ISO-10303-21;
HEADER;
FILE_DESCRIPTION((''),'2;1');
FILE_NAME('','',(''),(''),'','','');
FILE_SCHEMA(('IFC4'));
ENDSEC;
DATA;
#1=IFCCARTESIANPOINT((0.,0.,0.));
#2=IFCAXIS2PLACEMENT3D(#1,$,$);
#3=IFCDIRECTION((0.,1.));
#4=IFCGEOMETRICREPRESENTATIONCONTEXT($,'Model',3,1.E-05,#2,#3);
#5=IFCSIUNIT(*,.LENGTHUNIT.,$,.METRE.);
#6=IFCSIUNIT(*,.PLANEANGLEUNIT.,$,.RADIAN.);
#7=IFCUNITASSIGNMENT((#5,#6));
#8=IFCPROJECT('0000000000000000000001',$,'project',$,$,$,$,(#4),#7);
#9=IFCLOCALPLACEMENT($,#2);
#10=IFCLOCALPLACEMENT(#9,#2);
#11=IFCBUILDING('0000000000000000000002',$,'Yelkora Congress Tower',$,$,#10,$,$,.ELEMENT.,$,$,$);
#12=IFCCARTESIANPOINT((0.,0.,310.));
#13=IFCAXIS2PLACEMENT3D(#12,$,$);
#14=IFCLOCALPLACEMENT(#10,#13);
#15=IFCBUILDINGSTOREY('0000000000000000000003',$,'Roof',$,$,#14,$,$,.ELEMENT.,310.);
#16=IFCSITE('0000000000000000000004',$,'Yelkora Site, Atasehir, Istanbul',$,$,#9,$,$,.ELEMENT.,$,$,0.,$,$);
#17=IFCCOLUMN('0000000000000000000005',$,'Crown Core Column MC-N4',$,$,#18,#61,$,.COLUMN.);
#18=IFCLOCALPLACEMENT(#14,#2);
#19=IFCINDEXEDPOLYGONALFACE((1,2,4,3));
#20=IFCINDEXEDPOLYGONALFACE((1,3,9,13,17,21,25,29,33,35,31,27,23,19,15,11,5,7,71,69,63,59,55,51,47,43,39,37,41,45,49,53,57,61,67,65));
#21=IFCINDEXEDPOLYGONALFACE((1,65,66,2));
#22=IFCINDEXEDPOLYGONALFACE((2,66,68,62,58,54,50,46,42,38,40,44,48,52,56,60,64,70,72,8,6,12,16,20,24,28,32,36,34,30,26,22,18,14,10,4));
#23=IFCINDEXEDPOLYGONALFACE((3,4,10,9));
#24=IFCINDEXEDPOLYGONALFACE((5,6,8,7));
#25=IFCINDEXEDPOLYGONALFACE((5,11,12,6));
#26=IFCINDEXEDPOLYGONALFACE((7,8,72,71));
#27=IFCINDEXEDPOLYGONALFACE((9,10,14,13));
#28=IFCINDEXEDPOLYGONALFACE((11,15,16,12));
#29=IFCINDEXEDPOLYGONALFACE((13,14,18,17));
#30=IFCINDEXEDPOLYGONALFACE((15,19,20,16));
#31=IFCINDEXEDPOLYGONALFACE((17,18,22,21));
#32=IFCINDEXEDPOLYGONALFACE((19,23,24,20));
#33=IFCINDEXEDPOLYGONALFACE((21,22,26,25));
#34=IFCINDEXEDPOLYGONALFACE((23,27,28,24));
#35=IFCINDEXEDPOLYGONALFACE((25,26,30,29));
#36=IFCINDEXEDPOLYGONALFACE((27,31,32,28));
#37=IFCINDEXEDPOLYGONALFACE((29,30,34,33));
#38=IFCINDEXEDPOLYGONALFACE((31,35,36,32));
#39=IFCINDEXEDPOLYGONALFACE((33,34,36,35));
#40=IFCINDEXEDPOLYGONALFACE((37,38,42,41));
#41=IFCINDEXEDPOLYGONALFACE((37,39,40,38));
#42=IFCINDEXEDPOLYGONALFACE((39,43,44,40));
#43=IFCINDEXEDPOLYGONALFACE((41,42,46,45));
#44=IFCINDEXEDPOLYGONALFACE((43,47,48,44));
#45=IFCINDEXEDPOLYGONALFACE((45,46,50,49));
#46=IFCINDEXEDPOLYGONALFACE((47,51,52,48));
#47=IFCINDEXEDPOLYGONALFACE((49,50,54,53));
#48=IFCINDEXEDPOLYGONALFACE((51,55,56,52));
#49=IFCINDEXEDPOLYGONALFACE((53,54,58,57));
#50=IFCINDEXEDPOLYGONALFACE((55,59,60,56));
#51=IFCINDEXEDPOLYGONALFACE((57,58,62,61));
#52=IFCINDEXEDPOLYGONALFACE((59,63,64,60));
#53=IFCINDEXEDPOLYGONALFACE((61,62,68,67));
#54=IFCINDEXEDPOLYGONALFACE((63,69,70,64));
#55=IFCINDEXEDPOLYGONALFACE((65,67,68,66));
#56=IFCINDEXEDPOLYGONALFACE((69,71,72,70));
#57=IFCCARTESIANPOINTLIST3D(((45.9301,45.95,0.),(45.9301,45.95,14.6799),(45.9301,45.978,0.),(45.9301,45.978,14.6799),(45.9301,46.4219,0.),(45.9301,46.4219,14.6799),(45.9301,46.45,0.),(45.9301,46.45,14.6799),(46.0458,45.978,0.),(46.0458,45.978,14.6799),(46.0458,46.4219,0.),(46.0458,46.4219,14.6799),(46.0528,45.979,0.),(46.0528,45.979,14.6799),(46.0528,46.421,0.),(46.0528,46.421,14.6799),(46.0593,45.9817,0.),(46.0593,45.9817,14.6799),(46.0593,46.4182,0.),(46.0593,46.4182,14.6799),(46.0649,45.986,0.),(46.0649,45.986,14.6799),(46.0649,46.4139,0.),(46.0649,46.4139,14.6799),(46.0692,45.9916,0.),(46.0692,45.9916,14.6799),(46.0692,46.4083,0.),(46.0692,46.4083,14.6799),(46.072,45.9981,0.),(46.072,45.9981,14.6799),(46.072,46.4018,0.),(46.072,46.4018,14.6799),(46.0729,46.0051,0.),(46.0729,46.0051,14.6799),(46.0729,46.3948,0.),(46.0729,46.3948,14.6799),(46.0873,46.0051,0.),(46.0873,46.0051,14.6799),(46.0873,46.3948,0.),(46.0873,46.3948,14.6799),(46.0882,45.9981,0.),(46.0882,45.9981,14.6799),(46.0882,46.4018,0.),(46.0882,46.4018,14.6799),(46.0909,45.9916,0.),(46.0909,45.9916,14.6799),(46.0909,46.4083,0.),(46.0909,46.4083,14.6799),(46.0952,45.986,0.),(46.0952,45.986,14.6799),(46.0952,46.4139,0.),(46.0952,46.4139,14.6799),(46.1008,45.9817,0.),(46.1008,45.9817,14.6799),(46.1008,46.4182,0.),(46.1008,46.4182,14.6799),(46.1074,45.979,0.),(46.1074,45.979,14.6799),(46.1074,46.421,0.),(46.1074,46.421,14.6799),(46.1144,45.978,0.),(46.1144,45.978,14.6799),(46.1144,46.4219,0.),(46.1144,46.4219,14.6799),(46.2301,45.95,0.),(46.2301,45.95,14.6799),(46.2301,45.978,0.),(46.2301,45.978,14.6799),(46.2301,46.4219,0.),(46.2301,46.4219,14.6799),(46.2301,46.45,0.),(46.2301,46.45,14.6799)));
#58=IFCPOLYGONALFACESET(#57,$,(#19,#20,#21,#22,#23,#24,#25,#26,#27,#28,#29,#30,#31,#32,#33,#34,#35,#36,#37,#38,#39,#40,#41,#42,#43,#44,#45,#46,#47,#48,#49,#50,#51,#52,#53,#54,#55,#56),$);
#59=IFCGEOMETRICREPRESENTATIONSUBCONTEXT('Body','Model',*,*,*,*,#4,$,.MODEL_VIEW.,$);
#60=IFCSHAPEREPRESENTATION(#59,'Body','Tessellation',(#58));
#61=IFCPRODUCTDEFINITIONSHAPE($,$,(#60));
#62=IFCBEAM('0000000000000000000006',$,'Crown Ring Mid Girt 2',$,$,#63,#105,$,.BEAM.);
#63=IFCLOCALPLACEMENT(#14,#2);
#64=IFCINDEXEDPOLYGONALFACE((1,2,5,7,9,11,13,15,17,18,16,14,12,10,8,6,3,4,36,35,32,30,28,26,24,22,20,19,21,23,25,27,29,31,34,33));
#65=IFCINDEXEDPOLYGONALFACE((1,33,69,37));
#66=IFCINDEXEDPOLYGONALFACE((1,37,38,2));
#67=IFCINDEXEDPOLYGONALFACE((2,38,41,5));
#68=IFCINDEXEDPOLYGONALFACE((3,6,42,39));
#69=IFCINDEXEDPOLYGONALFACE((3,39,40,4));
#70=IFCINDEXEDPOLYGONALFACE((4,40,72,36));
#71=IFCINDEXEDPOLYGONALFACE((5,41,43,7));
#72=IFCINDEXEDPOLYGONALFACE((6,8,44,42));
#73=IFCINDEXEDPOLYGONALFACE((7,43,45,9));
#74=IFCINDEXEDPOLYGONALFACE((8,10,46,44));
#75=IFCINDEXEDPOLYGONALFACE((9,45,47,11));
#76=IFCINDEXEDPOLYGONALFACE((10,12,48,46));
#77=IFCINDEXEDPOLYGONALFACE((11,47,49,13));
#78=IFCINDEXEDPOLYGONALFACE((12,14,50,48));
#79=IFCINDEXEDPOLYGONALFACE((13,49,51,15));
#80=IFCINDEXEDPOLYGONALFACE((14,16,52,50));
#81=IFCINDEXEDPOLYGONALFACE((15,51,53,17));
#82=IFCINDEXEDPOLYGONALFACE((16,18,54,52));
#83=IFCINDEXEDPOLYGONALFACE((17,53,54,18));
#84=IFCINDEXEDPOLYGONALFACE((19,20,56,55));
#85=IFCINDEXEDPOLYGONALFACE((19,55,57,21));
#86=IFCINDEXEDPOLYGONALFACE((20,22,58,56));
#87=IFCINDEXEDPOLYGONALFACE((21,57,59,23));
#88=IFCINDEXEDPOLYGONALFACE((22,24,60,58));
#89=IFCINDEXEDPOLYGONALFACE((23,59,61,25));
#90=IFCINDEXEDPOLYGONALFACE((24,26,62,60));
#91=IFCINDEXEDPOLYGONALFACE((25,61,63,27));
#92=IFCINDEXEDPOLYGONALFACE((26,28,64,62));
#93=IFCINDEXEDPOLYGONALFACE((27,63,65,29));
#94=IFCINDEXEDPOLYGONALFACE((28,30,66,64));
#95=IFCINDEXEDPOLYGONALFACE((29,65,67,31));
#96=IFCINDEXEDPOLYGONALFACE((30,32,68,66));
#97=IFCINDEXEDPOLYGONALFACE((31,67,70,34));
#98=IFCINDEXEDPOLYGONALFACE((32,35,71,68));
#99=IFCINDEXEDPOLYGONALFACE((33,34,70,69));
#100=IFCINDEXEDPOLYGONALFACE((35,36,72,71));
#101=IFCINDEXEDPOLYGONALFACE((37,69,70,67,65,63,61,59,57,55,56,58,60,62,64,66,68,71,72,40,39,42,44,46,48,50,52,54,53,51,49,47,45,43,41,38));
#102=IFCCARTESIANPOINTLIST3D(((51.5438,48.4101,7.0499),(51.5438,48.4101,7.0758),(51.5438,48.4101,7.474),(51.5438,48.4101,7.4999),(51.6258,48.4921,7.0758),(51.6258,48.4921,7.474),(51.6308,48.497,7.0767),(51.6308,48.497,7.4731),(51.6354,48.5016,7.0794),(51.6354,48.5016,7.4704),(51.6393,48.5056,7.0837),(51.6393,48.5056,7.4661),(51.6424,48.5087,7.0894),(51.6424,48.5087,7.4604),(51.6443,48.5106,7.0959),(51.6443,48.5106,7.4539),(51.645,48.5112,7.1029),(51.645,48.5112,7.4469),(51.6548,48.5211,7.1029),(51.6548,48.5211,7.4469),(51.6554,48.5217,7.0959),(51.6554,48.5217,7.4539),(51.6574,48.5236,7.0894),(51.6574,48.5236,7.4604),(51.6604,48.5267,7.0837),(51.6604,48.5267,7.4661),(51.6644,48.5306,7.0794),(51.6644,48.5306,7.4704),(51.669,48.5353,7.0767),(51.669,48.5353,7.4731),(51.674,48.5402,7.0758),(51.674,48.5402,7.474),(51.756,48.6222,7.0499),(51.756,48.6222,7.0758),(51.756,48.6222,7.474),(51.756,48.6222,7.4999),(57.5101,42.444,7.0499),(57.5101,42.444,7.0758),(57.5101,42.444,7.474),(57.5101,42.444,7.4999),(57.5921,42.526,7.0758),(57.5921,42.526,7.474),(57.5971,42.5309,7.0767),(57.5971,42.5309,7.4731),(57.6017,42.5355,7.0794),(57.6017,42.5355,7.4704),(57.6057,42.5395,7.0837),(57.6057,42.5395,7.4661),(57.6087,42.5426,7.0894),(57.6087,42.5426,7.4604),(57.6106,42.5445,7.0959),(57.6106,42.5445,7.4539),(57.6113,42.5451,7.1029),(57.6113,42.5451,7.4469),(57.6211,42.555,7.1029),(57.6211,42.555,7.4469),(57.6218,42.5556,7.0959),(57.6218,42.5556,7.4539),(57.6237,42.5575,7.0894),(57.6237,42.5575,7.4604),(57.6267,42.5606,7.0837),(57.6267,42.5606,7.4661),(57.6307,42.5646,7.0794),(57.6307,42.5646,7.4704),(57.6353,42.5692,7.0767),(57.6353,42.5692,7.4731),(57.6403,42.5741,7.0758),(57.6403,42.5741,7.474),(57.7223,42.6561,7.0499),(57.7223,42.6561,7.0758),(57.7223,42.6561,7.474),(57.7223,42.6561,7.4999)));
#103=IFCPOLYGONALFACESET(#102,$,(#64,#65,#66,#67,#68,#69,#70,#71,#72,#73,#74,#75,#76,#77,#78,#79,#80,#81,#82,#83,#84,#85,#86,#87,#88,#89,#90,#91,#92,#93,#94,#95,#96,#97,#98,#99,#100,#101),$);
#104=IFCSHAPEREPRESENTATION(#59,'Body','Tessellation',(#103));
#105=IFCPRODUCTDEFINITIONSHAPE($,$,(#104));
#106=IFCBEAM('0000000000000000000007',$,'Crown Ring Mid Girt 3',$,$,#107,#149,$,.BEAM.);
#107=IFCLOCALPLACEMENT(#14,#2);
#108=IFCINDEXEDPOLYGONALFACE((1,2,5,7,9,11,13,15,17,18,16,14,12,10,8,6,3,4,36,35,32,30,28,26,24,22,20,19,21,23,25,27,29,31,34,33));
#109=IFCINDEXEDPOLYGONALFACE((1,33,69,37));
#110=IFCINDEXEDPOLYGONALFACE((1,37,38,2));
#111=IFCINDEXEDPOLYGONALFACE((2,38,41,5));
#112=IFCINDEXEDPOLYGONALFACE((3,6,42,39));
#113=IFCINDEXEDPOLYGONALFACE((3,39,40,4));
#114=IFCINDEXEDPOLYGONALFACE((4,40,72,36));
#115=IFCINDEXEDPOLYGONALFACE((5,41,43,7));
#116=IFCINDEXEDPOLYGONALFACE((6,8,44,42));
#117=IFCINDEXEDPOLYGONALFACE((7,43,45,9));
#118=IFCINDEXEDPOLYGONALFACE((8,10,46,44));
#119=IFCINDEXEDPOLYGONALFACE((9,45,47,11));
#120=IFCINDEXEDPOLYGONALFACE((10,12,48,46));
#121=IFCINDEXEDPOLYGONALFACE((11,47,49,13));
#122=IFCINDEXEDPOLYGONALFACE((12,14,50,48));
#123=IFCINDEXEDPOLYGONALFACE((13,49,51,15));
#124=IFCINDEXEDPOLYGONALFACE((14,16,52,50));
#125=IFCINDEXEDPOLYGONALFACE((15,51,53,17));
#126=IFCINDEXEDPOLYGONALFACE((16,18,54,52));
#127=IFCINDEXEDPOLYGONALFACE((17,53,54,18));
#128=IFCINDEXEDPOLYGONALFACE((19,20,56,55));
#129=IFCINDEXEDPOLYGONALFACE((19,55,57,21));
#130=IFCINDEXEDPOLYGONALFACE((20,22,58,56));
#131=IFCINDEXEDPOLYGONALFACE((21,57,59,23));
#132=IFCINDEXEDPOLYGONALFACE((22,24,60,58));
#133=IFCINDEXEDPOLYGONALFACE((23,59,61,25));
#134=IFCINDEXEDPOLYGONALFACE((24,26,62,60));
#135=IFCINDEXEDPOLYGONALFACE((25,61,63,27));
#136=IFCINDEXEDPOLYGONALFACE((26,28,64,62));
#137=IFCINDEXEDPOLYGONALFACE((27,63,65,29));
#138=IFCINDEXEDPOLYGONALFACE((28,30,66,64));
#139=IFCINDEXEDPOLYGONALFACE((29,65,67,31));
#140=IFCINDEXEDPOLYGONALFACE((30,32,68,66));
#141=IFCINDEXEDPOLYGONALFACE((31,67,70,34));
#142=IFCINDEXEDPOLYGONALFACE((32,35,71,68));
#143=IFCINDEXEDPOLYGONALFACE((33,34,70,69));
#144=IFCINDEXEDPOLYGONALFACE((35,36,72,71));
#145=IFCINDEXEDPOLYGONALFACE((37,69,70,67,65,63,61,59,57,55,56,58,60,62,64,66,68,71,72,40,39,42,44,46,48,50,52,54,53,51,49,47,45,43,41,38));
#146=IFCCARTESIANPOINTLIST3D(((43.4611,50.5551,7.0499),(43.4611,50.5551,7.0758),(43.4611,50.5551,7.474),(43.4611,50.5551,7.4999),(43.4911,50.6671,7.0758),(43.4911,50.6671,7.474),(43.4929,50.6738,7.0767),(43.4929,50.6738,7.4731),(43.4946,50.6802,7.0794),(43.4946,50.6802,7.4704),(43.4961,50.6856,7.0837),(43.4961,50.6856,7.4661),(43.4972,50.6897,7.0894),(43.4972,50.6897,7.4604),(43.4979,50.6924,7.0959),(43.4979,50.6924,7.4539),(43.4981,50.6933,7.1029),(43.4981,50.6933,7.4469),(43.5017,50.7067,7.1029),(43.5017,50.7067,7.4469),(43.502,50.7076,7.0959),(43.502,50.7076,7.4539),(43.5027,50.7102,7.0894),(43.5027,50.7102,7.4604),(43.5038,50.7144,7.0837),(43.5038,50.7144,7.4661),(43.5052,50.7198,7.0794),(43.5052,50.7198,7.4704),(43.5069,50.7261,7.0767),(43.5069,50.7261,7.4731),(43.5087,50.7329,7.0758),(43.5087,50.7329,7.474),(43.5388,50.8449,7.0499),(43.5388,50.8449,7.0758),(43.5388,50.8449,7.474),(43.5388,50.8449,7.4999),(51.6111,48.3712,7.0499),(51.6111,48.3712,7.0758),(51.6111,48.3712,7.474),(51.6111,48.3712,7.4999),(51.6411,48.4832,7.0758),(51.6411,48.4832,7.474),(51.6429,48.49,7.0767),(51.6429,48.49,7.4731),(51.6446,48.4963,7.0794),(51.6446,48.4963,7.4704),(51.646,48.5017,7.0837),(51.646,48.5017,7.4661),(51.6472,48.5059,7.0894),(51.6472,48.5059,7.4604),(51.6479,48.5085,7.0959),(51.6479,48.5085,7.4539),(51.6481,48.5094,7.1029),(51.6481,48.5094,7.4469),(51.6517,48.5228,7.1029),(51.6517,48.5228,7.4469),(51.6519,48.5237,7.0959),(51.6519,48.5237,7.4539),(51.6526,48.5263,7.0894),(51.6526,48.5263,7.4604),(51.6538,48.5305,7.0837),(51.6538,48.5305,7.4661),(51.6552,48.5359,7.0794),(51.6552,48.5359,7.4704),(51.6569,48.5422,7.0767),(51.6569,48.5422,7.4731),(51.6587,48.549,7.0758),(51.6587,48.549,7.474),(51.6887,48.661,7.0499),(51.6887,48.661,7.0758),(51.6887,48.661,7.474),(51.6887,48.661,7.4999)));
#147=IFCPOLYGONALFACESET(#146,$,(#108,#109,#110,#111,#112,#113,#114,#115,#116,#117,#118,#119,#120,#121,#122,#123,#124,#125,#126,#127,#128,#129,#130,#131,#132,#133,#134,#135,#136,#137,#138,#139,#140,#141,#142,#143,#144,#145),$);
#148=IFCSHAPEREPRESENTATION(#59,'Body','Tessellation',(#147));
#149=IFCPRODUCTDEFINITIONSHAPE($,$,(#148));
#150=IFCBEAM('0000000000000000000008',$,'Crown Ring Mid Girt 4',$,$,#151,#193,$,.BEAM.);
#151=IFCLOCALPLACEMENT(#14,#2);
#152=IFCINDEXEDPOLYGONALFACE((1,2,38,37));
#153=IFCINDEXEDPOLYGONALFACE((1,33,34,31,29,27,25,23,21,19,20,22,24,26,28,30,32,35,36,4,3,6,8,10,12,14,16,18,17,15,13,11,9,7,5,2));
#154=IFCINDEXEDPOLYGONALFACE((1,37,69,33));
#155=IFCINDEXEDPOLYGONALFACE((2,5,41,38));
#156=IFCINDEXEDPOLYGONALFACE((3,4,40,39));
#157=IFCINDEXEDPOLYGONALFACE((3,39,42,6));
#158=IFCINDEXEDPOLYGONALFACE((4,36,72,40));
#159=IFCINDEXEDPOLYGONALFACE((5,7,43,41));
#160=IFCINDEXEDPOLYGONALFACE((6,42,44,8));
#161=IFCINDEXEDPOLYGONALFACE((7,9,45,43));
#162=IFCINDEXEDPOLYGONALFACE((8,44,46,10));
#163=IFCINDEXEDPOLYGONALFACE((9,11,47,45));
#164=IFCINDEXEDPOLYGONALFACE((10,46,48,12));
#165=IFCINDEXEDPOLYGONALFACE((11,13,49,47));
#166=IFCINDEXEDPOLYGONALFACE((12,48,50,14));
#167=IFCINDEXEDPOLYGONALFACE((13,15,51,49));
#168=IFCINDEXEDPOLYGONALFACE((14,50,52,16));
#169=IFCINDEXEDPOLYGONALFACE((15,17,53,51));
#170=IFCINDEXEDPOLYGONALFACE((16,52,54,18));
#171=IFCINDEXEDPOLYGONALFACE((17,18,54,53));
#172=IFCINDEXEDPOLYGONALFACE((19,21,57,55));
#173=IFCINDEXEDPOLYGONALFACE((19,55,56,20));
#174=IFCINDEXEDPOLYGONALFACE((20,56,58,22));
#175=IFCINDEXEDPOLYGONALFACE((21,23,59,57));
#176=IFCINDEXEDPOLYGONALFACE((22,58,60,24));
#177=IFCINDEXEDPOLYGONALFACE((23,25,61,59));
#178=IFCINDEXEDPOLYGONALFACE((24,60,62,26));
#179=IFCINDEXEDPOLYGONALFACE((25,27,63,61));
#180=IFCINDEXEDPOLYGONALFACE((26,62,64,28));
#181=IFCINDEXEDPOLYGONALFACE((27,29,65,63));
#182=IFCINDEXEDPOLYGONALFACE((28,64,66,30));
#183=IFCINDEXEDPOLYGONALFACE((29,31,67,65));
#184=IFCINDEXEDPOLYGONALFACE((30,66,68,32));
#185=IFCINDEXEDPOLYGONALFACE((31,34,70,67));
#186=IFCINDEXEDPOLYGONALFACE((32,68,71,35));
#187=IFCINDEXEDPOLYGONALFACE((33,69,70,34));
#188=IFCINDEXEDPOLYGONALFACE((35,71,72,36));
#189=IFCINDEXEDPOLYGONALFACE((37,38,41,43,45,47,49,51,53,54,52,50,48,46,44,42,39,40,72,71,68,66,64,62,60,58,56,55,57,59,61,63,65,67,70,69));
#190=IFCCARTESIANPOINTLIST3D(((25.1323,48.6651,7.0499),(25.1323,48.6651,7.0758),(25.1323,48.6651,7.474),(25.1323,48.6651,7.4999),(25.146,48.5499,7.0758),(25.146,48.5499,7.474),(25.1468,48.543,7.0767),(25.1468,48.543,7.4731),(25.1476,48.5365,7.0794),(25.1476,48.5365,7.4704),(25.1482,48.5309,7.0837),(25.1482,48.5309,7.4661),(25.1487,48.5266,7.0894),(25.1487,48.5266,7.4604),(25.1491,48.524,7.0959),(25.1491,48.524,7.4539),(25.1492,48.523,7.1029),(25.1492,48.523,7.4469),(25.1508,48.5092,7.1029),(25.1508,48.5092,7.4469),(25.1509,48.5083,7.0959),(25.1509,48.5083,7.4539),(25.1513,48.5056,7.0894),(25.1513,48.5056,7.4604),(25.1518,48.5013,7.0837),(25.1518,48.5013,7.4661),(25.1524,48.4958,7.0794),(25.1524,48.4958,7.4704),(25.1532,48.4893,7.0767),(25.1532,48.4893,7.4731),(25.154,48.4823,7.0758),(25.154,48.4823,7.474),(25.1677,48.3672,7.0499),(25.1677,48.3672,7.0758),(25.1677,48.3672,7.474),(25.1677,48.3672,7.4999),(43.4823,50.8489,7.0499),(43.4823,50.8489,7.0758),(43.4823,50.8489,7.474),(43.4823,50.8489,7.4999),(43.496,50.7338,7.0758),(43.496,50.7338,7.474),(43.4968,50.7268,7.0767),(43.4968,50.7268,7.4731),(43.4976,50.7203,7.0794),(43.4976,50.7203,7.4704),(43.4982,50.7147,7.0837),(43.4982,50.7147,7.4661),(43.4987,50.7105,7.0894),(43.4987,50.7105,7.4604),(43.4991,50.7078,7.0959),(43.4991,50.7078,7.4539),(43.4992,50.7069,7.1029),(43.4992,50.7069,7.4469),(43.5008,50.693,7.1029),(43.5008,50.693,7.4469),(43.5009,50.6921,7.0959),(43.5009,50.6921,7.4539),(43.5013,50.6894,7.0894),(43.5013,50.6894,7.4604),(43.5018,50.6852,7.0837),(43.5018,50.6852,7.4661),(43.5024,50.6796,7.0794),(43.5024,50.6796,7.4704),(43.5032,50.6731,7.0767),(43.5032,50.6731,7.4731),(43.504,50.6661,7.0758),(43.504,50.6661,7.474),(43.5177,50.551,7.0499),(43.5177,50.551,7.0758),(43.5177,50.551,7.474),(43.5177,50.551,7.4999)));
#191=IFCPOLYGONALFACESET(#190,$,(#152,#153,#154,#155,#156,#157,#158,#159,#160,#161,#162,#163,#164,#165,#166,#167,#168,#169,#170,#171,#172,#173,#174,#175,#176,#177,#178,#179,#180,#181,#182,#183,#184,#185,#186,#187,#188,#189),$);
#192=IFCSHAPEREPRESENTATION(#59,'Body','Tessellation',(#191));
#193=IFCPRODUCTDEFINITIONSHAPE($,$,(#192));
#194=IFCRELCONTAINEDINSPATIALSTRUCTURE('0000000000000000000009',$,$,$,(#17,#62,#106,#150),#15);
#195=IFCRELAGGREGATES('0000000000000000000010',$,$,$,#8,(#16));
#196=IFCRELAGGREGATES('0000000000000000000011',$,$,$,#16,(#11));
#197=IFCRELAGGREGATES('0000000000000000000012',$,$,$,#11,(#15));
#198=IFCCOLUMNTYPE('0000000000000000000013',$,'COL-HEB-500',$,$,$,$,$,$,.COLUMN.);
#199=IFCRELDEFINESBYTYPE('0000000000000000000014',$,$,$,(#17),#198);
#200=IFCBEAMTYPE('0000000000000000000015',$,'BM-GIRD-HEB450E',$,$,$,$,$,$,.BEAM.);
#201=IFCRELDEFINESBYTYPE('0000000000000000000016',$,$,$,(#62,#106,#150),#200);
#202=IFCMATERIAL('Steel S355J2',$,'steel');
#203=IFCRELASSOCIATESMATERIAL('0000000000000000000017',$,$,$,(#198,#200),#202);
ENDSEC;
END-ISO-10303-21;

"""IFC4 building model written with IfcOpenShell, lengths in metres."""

from ifc_helpers import new_model, si_unit, direction, frame, origin, origin_2d, place, context, subcontext, project, spatial, i_section, extrude, material, material_profile, profile_set, type_object, element, save


model = new_model("IFC4")

# Units and contexts
model_context = context("Model", 3, precision=1e-05, world=origin(), true_north=direction((0.0, 1.0)))
body_context = subcontext(model_context, "Body", "Model", "MODEL_VIEW")
ifc_project = project(units=[si_unit("LENGTHUNIT", "METRE"), si_unit("PLANEANGLEUNIT", "RADIAN")], contexts=[model_context])

# Site, building, storey
site_placement = place(None, origin())
site = spatial("IfcSite", under=ifc_project, at=site_placement, Name="Yelkora Site, Atasehir, Istanbul", CompositionType="ELEMENT", RefElevation=0.0)
building_placement = place(site_placement, origin())
building = spatial("IfcBuilding", under=site, at=building_placement, Name="Yelkora Congress Tower", CompositionType="ELEMENT")
storey_placement = place(building_placement, frame((0.0, 0.0, 310.0)))
storey = spatial("IfcBuildingStorey", under=building, at=storey_placement, Name="Roof", CompositionType="ELEMENT", Elevation=310.0)

# Column
ifc_material_1 = material(Name="Steel S355J2", Category="steel")
ifc_material_profile_1 = material_profile(ifc_material_1, i_section(OverallWidth=0.3, OverallDepth=0.5, WebThickness=0.0144, FlangeThickness=0.0281, FilletRadius=0.0271, at=origin_2d()), Name="HEB 500")
ifc_profile_set_1 = profile_set([ifc_material_profile_1], Name="Steel S355J2")
column_type_1 = type_object("IfcColumnType", Name="COL-HEB-500", PredefinedType="COLUMN", material=ifc_profile_set_1)
for number, where, z_axis, x_axis, name in (
    (1, (46.0801, 46.2, 0.0), (0.0, 0.0, 1.0), (1.0, 0.0, 0.0), "Crown Core Column MC-N4"),
):
    element("IfcColumn", number, at=place(storey_placement, frame(where, z_axis=z_axis, x_axis=x_axis)), inside=storey, type_object=column_type_1, Name=name, PredefinedType="COLUMN", context=body_context, shape_type="SweptSolid", body=[
        extrude(i_section(OverallWidth=0.3, OverallDepth=0.5, WebThickness=0.0144, FlangeThickness=0.0281, FilletRadius=0.0271, at=origin_2d()), origin(), (0.0, 0.0, 1.0), 14.6799),
    ])

# Beams
ifc_material_profile_2 = material_profile(ifc_material_1, i_section(OverallWidth=0.3, OverallDepth=0.45, WebThickness=0.0139, FlangeThickness=0.0259, FilletRadius=0.0271, at=origin_2d()), Name="HEB 450")
ifc_profile_set_2 = profile_set([ifc_material_profile_2], Name="Steel S355J2")
beam_type_1 = type_object("IfcBeamType", Name="BM-GIRD-HEB450E", PredefinedType="BEAM", material=ifc_profile_set_2)
for number, where, z_axis, x_axis, name in (
    (2, (57.6162, 42.55, 7.2749), (-0.707121, 0.707092, 0.0), (-0.707092, -0.707121, 0.0), "Crown Ring Mid Girt 2"),
    (3, (51.6499, 48.5161, 7.2749), (-0.965924, 0.258828, 0.0), (-0.258828, -0.965924, 0.0), "Crown Ring Mid Girt 3"),
):
    element("IfcBeam", number, at=place(storey_placement, frame(where, z_axis=z_axis, x_axis=x_axis)), inside=storey, type_object=beam_type_1, Name=name, PredefinedType="BEAM", context=body_context, shape_type="SweptSolid", body=[
        extrude(i_section(OverallWidth=0.3, OverallDepth=0.45, WebThickness=0.0139, FlangeThickness=0.0259, FilletRadius=0.0271, at=origin_2d()), origin(), (0.0, 0.0, 1.0), 8.4375),
    ])
beam_1_placement = place(storey_placement, frame((43.5, 50.7, 7.2749), z_axis=(-0.992993, -0.118176, 0.0), x_axis=(0.118176, -0.992993, 0.0)))
element("IfcBeam", 4, at=beam_1_placement, inside=storey, type_object=beam_type_1, Name="Crown Ring Mid Girt 4", PredefinedType="BEAM", context=body_context, shape_type="SweptSolid", body=[
    extrude(i_section(OverallWidth=0.3, OverallDepth=0.45, WebThickness=0.0139, FlangeThickness=0.0259, FilletRadius=0.0271, at=origin_2d()), origin(), (0.0, 0.0, 1.0), 18.4795),
])

save(model, "model.ifc")
